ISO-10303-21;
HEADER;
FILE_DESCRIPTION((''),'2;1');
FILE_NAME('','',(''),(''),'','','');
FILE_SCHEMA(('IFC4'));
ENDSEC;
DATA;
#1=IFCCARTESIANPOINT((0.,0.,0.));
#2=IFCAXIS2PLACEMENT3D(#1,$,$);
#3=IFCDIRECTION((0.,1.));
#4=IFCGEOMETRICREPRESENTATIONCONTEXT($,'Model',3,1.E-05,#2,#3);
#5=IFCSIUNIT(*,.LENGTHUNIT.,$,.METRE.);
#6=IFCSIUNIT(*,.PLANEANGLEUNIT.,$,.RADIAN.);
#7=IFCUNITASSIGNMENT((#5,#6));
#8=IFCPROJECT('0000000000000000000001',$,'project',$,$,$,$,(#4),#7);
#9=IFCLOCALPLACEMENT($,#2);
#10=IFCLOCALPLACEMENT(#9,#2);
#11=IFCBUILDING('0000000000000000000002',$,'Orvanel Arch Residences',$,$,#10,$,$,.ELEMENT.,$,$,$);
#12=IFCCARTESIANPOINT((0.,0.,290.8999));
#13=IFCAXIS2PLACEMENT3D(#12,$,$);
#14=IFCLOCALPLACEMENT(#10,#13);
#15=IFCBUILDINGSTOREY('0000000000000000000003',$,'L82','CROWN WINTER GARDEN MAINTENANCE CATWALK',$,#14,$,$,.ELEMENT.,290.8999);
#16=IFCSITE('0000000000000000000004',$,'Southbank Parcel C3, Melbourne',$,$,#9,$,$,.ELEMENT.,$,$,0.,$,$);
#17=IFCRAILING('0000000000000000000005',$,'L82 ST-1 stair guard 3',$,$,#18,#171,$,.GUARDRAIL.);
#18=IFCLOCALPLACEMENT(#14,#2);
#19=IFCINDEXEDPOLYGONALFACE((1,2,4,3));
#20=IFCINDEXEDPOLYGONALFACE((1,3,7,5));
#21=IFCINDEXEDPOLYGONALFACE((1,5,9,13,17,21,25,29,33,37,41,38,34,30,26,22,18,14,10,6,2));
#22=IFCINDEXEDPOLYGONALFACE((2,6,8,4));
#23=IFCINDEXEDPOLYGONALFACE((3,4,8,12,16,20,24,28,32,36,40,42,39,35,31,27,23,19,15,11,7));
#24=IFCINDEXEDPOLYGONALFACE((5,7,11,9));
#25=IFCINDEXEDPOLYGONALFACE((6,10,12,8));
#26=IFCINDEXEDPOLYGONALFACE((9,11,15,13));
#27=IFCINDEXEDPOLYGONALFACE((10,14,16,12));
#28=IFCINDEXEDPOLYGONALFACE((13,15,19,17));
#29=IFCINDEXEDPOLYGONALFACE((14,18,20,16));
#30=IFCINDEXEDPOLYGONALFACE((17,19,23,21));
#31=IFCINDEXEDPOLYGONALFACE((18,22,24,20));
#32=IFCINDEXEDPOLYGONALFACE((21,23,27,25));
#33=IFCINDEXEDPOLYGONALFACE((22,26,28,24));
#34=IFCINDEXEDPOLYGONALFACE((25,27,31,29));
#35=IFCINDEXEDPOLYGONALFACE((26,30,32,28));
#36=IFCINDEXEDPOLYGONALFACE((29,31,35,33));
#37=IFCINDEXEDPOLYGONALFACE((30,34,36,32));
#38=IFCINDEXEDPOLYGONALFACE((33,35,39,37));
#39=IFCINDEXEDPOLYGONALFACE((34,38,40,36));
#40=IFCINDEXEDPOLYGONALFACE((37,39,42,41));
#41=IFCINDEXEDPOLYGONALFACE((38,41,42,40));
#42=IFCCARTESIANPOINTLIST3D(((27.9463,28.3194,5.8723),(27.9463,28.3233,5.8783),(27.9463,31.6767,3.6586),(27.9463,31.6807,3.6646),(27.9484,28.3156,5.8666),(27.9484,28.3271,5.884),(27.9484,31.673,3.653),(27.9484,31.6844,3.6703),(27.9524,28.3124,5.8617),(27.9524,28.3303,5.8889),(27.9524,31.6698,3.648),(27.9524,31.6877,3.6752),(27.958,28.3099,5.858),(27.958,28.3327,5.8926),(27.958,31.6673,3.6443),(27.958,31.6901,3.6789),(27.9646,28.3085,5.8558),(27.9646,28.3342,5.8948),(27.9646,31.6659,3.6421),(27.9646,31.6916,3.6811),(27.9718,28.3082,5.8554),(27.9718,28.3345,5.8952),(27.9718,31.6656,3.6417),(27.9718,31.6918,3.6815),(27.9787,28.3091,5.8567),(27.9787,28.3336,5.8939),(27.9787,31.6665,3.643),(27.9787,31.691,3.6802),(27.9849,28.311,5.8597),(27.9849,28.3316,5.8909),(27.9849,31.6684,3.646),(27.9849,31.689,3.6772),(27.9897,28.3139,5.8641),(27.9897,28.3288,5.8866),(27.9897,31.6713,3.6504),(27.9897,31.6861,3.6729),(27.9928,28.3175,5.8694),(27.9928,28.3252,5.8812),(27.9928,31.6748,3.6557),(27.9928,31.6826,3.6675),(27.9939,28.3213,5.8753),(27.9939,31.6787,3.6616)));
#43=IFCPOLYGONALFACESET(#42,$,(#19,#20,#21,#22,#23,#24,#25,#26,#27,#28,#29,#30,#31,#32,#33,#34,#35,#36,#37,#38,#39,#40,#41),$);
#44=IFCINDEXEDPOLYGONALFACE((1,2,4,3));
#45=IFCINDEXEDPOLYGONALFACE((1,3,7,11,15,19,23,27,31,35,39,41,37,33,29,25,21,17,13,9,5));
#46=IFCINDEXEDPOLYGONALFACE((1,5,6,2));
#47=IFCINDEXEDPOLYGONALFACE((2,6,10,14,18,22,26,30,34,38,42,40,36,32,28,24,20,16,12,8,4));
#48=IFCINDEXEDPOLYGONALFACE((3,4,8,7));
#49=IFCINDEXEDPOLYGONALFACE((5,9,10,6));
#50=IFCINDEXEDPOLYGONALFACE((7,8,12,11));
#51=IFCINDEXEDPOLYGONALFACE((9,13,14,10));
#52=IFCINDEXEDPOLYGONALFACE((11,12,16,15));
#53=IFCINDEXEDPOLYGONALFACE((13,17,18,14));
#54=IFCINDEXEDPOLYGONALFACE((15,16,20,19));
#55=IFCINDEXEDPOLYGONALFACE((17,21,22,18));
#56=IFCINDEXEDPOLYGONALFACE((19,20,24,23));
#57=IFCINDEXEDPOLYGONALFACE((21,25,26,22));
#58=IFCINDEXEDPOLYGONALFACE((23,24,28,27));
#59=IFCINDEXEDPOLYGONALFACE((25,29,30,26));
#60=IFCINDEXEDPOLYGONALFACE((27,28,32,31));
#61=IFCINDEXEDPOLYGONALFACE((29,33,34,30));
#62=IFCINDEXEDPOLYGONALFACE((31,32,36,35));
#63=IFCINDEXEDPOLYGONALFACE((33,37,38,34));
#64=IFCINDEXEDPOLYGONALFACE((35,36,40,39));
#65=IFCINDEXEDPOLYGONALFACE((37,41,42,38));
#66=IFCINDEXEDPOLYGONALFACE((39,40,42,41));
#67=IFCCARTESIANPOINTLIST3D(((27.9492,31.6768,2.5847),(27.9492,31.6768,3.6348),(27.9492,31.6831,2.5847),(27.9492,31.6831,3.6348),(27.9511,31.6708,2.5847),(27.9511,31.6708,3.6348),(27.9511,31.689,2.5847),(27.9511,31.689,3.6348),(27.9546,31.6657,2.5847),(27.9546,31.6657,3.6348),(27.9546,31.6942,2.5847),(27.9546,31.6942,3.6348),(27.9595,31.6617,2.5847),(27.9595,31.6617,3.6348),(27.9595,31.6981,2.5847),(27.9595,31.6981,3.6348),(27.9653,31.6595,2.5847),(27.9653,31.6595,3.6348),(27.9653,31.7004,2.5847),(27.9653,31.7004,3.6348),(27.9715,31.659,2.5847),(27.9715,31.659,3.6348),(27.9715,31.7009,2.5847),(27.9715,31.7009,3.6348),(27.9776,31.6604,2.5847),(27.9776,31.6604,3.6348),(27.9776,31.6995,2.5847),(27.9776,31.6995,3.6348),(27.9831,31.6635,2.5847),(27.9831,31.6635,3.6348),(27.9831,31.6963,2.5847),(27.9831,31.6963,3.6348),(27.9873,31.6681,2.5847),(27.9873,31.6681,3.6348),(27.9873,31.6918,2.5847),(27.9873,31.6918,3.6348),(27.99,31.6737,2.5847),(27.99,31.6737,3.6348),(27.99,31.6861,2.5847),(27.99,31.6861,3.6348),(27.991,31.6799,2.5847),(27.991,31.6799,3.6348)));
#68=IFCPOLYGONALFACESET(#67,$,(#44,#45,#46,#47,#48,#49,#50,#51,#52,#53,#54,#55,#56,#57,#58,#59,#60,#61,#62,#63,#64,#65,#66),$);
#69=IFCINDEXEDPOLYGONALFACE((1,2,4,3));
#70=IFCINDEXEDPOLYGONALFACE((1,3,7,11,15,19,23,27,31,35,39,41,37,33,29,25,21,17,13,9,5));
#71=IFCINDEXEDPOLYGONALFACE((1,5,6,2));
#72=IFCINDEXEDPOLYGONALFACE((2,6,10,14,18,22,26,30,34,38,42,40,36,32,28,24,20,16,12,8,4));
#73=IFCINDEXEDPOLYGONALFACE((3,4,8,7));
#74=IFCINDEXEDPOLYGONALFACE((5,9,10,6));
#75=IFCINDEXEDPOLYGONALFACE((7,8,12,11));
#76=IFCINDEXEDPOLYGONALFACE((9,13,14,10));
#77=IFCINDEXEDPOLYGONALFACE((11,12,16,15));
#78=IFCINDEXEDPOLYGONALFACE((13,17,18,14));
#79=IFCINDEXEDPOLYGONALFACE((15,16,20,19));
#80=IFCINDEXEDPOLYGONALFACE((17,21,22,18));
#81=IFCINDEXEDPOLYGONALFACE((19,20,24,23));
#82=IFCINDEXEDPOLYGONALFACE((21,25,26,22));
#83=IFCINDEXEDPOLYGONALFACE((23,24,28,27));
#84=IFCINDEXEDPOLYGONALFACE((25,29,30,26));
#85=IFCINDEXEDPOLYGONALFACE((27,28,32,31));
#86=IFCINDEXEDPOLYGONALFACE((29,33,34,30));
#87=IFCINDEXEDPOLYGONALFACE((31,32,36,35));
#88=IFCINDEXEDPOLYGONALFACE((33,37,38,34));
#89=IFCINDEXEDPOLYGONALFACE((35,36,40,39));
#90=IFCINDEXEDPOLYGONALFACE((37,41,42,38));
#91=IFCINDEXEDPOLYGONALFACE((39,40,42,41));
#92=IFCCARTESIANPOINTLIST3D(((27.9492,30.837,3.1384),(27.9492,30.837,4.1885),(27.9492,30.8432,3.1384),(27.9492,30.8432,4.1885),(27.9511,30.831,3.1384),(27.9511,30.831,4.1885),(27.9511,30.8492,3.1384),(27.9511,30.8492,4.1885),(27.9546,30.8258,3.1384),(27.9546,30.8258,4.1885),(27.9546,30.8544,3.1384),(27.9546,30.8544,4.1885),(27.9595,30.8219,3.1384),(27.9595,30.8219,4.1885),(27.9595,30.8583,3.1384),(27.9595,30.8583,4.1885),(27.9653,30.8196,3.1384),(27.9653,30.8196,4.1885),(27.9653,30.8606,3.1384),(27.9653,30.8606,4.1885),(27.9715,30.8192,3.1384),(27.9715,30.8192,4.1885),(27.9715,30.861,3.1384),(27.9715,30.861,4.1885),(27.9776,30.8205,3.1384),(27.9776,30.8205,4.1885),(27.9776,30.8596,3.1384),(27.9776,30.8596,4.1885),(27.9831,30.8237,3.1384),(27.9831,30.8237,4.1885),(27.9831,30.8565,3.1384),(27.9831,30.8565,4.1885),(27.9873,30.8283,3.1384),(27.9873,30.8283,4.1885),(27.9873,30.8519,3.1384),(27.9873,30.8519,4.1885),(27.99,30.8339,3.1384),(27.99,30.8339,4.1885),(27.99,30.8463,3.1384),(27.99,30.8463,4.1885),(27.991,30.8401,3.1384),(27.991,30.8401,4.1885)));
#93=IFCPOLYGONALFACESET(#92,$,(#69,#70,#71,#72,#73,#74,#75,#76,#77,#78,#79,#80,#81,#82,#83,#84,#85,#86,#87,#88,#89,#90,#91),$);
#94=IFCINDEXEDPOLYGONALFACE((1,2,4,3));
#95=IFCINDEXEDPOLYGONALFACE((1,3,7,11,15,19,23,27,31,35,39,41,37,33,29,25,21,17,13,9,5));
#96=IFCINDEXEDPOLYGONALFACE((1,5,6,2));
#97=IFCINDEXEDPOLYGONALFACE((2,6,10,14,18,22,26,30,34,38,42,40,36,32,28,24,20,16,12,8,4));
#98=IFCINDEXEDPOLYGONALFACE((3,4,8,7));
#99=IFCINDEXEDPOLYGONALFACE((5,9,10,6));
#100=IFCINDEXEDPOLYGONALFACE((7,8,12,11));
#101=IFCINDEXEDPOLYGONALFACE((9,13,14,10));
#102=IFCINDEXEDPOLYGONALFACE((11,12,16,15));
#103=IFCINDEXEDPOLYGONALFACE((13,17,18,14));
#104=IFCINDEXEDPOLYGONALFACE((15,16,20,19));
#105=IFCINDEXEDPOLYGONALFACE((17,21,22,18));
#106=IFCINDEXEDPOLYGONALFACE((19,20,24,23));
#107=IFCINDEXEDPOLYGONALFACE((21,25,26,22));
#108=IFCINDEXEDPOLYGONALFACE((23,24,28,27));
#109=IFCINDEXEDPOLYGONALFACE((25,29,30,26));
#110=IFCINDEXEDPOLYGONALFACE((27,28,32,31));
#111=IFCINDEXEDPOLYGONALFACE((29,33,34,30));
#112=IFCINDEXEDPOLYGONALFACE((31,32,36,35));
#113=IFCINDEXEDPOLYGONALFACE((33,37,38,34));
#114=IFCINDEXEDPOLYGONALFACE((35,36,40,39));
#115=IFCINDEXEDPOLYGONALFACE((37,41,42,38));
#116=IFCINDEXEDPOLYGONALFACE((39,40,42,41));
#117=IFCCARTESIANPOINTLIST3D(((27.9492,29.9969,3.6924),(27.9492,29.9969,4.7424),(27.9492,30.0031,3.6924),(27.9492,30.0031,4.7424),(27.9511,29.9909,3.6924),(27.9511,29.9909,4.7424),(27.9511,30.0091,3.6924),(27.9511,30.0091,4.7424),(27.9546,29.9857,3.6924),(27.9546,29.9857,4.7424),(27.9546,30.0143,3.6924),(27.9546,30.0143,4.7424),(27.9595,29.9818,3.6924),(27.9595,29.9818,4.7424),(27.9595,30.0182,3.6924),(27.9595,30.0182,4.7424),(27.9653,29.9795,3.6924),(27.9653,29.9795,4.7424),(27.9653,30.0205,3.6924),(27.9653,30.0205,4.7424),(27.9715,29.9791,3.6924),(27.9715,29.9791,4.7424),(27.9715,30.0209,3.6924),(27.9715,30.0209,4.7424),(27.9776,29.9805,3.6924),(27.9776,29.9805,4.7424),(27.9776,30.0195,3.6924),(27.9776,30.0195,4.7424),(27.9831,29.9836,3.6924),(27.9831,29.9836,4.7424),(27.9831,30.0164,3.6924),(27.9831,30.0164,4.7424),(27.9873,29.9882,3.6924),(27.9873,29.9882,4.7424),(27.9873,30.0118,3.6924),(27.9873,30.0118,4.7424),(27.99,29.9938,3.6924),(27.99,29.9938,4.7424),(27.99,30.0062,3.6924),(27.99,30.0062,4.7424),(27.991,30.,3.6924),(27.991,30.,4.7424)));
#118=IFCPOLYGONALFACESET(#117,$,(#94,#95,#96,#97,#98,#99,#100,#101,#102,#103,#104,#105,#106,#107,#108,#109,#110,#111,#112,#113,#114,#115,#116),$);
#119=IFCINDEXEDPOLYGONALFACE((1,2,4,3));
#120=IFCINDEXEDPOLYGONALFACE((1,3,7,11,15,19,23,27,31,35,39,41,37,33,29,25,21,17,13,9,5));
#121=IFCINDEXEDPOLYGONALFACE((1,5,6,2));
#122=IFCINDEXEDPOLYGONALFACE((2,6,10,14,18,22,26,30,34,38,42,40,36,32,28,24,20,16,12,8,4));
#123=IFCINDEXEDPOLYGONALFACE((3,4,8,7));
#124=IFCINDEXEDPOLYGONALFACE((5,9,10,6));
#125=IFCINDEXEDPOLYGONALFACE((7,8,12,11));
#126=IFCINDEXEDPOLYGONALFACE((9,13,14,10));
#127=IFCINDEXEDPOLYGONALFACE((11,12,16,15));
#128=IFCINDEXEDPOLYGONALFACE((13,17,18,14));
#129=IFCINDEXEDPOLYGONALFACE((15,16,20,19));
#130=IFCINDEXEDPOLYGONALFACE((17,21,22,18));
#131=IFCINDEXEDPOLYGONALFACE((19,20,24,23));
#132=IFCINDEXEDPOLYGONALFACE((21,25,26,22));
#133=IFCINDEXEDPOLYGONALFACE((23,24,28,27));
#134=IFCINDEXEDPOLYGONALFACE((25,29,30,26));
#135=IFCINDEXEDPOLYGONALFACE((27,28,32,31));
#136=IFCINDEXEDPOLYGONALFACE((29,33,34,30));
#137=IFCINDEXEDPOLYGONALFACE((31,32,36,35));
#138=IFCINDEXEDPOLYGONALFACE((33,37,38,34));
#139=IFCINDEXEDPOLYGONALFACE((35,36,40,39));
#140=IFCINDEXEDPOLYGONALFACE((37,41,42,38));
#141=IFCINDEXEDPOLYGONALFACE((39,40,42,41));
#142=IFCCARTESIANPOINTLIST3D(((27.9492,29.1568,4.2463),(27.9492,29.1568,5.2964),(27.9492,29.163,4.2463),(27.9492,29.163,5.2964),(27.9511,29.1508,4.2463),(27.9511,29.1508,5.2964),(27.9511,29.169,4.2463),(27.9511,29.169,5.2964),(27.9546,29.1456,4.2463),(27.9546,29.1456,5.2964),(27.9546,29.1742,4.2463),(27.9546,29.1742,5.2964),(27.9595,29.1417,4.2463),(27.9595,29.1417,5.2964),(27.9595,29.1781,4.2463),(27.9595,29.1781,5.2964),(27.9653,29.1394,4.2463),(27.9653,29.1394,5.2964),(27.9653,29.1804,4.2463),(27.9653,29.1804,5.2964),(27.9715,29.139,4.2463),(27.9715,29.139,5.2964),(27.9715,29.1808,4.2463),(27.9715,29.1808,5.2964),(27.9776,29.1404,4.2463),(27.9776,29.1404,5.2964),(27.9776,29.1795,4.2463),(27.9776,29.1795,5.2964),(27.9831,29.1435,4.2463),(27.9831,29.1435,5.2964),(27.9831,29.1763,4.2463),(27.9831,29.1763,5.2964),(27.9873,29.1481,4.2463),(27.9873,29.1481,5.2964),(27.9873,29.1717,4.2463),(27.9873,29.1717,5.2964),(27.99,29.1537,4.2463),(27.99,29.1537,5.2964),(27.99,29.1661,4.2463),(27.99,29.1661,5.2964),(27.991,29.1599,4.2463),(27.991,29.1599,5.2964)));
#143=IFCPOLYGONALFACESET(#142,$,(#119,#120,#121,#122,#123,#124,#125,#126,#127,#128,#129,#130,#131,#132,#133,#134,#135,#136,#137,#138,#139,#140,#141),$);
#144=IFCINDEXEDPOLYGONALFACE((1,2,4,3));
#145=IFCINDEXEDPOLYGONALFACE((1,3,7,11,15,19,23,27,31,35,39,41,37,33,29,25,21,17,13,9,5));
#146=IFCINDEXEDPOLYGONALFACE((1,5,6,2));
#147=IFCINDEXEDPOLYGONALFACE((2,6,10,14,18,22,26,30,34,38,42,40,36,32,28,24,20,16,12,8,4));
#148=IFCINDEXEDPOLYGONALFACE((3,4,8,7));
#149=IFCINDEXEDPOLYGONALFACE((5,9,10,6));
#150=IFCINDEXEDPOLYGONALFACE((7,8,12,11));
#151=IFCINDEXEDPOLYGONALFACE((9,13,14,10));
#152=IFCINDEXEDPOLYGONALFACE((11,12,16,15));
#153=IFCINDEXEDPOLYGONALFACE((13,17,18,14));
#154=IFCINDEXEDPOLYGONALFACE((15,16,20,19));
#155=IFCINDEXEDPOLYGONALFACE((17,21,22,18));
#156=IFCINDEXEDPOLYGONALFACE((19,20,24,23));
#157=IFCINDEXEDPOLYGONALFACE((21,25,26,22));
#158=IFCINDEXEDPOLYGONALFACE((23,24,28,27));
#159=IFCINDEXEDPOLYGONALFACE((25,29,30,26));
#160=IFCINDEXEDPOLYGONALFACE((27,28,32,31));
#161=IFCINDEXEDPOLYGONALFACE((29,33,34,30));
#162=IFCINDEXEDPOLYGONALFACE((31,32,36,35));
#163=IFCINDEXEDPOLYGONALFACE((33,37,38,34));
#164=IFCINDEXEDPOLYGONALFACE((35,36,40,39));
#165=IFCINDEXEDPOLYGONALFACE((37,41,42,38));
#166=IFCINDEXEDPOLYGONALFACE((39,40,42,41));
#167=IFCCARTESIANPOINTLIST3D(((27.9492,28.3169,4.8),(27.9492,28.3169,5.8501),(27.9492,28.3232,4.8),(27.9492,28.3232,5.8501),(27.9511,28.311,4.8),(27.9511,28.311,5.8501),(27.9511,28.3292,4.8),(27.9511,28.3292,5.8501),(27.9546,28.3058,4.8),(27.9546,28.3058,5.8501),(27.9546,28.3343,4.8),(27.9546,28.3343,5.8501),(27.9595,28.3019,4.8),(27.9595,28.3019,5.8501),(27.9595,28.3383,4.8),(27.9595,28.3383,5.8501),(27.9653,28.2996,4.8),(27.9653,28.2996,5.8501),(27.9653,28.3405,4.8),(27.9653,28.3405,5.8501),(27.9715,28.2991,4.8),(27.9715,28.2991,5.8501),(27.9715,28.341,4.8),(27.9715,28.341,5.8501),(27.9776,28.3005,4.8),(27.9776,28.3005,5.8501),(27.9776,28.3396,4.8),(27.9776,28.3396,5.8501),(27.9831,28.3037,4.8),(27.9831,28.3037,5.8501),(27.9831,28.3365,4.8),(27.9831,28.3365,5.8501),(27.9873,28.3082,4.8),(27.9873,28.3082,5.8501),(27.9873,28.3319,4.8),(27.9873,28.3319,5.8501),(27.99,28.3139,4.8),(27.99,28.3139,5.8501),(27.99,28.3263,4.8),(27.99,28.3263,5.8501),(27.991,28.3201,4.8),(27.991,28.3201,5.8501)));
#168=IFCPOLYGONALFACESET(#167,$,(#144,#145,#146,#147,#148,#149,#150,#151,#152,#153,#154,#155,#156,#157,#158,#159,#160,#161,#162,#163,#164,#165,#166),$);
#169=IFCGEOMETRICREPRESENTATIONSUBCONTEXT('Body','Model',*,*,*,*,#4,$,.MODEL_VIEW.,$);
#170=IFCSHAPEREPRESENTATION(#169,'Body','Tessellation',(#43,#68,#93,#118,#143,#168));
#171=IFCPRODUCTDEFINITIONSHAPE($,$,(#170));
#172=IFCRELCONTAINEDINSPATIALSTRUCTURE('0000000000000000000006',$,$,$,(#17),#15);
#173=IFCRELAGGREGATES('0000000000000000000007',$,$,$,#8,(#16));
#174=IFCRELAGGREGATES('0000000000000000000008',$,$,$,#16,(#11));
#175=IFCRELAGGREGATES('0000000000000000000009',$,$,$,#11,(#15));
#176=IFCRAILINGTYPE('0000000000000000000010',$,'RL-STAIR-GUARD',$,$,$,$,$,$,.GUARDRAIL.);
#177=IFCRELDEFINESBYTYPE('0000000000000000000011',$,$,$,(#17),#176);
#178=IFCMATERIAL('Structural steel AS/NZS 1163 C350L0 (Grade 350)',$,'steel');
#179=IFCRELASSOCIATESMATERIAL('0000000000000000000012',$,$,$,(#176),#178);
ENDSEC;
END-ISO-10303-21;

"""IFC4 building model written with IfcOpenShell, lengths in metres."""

from ifc_helpers import new_model, si_unit, direction, frame, origin, origin_2d, place, context, subcontext, project, spatial, circle, extrude, material, type_object, element, save


model = new_model("IFC4")

# Units and contexts
model_context = context("Model", 3, precision=1e-05, world=origin(), true_north=direction((0.0, 1.0)))
body_context = subcontext(model_context, "Body", "Model", "MODEL_VIEW")
ifc_project = project(units=[si_unit("LENGTHUNIT", "METRE"), si_unit("PLANEANGLEUNIT", "RADIAN")], contexts=[model_context])

# Site, building, storey
site_placement = place(None, origin())
site = spatial("IfcSite", under=ifc_project, at=site_placement, Name="Southbank Parcel C3, Melbourne", CompositionType="ELEMENT", RefElevation=0.0)
building_placement = place(site_placement, origin())
building = spatial("IfcBuilding", under=site, at=building_placement, Name="Orvanel Arch Residences", CompositionType="ELEMENT")
storey_placement = place(building_placement, frame((0.0, 0.0, 290.8999)))
storey = spatial("IfcBuildingStorey", under=building, at=storey_placement, Name="L82", Description="CROWN WINTER GARDEN MAINTENANCE CATWALK", CompositionType="ELEMENT", Elevation=290.8999)

# Shared definitions
ifc_material_1 = material(Name="Structural steel AS/NZS 1163 C350L0 (Grade 350)", Category="steel")

# Railing
railing_type_1 = type_object("IfcRailingType", Name="RL-STAIR-GUARD", PredefinedType="GUARDRAIL", material=ifc_material_1)
railing_1_placement = place(storey_placement, frame((27.97, 31.6799, 2.5847)))
element("IfcRailing", 1, at=railing_1_placement, inside=storey, type_object=railing_type_1, Name="L82 ST-1 stair guard 3", PredefinedType="GUARDRAIL", context=body_context, shape_type="SweptSolid", body=[
    extrude(circle(Radius=0.0239, at=origin_2d()), frame((0.0, -0.0012, 1.0769), z_axis=(0.0, -0.834858, 0.550465), x_axis=(1.0, 0.0, 0.0)), (0.0, 0.0, 1.0), 4.0215),
    extrude(circle(Radius=0.021, at=origin_2d()), origin(), (0.0, 0.0, 1.0), 1.05),
    extrude(circle(Radius=0.021, at=origin_2d()), frame((0.0, -0.8398, 0.5537)), (0.0, 0.0, 1.0), 1.05),
    extrude(circle(Radius=0.021, at=origin_2d()), frame((0.0, -1.6799, 1.1077)), (0.0, 0.0, 1.0), 1.05),
    extrude(circle(Radius=0.021, at=origin_2d()), frame((0.0, -2.52, 1.6616)), (0.0, 0.0, 1.0), 1.05),
    extrude(circle(Radius=0.021, at=origin_2d()), frame((0.0, -3.3599, 2.2153)), (0.0, 0.0, 1.0), 1.05),
])

save(model, "model.ifc")
